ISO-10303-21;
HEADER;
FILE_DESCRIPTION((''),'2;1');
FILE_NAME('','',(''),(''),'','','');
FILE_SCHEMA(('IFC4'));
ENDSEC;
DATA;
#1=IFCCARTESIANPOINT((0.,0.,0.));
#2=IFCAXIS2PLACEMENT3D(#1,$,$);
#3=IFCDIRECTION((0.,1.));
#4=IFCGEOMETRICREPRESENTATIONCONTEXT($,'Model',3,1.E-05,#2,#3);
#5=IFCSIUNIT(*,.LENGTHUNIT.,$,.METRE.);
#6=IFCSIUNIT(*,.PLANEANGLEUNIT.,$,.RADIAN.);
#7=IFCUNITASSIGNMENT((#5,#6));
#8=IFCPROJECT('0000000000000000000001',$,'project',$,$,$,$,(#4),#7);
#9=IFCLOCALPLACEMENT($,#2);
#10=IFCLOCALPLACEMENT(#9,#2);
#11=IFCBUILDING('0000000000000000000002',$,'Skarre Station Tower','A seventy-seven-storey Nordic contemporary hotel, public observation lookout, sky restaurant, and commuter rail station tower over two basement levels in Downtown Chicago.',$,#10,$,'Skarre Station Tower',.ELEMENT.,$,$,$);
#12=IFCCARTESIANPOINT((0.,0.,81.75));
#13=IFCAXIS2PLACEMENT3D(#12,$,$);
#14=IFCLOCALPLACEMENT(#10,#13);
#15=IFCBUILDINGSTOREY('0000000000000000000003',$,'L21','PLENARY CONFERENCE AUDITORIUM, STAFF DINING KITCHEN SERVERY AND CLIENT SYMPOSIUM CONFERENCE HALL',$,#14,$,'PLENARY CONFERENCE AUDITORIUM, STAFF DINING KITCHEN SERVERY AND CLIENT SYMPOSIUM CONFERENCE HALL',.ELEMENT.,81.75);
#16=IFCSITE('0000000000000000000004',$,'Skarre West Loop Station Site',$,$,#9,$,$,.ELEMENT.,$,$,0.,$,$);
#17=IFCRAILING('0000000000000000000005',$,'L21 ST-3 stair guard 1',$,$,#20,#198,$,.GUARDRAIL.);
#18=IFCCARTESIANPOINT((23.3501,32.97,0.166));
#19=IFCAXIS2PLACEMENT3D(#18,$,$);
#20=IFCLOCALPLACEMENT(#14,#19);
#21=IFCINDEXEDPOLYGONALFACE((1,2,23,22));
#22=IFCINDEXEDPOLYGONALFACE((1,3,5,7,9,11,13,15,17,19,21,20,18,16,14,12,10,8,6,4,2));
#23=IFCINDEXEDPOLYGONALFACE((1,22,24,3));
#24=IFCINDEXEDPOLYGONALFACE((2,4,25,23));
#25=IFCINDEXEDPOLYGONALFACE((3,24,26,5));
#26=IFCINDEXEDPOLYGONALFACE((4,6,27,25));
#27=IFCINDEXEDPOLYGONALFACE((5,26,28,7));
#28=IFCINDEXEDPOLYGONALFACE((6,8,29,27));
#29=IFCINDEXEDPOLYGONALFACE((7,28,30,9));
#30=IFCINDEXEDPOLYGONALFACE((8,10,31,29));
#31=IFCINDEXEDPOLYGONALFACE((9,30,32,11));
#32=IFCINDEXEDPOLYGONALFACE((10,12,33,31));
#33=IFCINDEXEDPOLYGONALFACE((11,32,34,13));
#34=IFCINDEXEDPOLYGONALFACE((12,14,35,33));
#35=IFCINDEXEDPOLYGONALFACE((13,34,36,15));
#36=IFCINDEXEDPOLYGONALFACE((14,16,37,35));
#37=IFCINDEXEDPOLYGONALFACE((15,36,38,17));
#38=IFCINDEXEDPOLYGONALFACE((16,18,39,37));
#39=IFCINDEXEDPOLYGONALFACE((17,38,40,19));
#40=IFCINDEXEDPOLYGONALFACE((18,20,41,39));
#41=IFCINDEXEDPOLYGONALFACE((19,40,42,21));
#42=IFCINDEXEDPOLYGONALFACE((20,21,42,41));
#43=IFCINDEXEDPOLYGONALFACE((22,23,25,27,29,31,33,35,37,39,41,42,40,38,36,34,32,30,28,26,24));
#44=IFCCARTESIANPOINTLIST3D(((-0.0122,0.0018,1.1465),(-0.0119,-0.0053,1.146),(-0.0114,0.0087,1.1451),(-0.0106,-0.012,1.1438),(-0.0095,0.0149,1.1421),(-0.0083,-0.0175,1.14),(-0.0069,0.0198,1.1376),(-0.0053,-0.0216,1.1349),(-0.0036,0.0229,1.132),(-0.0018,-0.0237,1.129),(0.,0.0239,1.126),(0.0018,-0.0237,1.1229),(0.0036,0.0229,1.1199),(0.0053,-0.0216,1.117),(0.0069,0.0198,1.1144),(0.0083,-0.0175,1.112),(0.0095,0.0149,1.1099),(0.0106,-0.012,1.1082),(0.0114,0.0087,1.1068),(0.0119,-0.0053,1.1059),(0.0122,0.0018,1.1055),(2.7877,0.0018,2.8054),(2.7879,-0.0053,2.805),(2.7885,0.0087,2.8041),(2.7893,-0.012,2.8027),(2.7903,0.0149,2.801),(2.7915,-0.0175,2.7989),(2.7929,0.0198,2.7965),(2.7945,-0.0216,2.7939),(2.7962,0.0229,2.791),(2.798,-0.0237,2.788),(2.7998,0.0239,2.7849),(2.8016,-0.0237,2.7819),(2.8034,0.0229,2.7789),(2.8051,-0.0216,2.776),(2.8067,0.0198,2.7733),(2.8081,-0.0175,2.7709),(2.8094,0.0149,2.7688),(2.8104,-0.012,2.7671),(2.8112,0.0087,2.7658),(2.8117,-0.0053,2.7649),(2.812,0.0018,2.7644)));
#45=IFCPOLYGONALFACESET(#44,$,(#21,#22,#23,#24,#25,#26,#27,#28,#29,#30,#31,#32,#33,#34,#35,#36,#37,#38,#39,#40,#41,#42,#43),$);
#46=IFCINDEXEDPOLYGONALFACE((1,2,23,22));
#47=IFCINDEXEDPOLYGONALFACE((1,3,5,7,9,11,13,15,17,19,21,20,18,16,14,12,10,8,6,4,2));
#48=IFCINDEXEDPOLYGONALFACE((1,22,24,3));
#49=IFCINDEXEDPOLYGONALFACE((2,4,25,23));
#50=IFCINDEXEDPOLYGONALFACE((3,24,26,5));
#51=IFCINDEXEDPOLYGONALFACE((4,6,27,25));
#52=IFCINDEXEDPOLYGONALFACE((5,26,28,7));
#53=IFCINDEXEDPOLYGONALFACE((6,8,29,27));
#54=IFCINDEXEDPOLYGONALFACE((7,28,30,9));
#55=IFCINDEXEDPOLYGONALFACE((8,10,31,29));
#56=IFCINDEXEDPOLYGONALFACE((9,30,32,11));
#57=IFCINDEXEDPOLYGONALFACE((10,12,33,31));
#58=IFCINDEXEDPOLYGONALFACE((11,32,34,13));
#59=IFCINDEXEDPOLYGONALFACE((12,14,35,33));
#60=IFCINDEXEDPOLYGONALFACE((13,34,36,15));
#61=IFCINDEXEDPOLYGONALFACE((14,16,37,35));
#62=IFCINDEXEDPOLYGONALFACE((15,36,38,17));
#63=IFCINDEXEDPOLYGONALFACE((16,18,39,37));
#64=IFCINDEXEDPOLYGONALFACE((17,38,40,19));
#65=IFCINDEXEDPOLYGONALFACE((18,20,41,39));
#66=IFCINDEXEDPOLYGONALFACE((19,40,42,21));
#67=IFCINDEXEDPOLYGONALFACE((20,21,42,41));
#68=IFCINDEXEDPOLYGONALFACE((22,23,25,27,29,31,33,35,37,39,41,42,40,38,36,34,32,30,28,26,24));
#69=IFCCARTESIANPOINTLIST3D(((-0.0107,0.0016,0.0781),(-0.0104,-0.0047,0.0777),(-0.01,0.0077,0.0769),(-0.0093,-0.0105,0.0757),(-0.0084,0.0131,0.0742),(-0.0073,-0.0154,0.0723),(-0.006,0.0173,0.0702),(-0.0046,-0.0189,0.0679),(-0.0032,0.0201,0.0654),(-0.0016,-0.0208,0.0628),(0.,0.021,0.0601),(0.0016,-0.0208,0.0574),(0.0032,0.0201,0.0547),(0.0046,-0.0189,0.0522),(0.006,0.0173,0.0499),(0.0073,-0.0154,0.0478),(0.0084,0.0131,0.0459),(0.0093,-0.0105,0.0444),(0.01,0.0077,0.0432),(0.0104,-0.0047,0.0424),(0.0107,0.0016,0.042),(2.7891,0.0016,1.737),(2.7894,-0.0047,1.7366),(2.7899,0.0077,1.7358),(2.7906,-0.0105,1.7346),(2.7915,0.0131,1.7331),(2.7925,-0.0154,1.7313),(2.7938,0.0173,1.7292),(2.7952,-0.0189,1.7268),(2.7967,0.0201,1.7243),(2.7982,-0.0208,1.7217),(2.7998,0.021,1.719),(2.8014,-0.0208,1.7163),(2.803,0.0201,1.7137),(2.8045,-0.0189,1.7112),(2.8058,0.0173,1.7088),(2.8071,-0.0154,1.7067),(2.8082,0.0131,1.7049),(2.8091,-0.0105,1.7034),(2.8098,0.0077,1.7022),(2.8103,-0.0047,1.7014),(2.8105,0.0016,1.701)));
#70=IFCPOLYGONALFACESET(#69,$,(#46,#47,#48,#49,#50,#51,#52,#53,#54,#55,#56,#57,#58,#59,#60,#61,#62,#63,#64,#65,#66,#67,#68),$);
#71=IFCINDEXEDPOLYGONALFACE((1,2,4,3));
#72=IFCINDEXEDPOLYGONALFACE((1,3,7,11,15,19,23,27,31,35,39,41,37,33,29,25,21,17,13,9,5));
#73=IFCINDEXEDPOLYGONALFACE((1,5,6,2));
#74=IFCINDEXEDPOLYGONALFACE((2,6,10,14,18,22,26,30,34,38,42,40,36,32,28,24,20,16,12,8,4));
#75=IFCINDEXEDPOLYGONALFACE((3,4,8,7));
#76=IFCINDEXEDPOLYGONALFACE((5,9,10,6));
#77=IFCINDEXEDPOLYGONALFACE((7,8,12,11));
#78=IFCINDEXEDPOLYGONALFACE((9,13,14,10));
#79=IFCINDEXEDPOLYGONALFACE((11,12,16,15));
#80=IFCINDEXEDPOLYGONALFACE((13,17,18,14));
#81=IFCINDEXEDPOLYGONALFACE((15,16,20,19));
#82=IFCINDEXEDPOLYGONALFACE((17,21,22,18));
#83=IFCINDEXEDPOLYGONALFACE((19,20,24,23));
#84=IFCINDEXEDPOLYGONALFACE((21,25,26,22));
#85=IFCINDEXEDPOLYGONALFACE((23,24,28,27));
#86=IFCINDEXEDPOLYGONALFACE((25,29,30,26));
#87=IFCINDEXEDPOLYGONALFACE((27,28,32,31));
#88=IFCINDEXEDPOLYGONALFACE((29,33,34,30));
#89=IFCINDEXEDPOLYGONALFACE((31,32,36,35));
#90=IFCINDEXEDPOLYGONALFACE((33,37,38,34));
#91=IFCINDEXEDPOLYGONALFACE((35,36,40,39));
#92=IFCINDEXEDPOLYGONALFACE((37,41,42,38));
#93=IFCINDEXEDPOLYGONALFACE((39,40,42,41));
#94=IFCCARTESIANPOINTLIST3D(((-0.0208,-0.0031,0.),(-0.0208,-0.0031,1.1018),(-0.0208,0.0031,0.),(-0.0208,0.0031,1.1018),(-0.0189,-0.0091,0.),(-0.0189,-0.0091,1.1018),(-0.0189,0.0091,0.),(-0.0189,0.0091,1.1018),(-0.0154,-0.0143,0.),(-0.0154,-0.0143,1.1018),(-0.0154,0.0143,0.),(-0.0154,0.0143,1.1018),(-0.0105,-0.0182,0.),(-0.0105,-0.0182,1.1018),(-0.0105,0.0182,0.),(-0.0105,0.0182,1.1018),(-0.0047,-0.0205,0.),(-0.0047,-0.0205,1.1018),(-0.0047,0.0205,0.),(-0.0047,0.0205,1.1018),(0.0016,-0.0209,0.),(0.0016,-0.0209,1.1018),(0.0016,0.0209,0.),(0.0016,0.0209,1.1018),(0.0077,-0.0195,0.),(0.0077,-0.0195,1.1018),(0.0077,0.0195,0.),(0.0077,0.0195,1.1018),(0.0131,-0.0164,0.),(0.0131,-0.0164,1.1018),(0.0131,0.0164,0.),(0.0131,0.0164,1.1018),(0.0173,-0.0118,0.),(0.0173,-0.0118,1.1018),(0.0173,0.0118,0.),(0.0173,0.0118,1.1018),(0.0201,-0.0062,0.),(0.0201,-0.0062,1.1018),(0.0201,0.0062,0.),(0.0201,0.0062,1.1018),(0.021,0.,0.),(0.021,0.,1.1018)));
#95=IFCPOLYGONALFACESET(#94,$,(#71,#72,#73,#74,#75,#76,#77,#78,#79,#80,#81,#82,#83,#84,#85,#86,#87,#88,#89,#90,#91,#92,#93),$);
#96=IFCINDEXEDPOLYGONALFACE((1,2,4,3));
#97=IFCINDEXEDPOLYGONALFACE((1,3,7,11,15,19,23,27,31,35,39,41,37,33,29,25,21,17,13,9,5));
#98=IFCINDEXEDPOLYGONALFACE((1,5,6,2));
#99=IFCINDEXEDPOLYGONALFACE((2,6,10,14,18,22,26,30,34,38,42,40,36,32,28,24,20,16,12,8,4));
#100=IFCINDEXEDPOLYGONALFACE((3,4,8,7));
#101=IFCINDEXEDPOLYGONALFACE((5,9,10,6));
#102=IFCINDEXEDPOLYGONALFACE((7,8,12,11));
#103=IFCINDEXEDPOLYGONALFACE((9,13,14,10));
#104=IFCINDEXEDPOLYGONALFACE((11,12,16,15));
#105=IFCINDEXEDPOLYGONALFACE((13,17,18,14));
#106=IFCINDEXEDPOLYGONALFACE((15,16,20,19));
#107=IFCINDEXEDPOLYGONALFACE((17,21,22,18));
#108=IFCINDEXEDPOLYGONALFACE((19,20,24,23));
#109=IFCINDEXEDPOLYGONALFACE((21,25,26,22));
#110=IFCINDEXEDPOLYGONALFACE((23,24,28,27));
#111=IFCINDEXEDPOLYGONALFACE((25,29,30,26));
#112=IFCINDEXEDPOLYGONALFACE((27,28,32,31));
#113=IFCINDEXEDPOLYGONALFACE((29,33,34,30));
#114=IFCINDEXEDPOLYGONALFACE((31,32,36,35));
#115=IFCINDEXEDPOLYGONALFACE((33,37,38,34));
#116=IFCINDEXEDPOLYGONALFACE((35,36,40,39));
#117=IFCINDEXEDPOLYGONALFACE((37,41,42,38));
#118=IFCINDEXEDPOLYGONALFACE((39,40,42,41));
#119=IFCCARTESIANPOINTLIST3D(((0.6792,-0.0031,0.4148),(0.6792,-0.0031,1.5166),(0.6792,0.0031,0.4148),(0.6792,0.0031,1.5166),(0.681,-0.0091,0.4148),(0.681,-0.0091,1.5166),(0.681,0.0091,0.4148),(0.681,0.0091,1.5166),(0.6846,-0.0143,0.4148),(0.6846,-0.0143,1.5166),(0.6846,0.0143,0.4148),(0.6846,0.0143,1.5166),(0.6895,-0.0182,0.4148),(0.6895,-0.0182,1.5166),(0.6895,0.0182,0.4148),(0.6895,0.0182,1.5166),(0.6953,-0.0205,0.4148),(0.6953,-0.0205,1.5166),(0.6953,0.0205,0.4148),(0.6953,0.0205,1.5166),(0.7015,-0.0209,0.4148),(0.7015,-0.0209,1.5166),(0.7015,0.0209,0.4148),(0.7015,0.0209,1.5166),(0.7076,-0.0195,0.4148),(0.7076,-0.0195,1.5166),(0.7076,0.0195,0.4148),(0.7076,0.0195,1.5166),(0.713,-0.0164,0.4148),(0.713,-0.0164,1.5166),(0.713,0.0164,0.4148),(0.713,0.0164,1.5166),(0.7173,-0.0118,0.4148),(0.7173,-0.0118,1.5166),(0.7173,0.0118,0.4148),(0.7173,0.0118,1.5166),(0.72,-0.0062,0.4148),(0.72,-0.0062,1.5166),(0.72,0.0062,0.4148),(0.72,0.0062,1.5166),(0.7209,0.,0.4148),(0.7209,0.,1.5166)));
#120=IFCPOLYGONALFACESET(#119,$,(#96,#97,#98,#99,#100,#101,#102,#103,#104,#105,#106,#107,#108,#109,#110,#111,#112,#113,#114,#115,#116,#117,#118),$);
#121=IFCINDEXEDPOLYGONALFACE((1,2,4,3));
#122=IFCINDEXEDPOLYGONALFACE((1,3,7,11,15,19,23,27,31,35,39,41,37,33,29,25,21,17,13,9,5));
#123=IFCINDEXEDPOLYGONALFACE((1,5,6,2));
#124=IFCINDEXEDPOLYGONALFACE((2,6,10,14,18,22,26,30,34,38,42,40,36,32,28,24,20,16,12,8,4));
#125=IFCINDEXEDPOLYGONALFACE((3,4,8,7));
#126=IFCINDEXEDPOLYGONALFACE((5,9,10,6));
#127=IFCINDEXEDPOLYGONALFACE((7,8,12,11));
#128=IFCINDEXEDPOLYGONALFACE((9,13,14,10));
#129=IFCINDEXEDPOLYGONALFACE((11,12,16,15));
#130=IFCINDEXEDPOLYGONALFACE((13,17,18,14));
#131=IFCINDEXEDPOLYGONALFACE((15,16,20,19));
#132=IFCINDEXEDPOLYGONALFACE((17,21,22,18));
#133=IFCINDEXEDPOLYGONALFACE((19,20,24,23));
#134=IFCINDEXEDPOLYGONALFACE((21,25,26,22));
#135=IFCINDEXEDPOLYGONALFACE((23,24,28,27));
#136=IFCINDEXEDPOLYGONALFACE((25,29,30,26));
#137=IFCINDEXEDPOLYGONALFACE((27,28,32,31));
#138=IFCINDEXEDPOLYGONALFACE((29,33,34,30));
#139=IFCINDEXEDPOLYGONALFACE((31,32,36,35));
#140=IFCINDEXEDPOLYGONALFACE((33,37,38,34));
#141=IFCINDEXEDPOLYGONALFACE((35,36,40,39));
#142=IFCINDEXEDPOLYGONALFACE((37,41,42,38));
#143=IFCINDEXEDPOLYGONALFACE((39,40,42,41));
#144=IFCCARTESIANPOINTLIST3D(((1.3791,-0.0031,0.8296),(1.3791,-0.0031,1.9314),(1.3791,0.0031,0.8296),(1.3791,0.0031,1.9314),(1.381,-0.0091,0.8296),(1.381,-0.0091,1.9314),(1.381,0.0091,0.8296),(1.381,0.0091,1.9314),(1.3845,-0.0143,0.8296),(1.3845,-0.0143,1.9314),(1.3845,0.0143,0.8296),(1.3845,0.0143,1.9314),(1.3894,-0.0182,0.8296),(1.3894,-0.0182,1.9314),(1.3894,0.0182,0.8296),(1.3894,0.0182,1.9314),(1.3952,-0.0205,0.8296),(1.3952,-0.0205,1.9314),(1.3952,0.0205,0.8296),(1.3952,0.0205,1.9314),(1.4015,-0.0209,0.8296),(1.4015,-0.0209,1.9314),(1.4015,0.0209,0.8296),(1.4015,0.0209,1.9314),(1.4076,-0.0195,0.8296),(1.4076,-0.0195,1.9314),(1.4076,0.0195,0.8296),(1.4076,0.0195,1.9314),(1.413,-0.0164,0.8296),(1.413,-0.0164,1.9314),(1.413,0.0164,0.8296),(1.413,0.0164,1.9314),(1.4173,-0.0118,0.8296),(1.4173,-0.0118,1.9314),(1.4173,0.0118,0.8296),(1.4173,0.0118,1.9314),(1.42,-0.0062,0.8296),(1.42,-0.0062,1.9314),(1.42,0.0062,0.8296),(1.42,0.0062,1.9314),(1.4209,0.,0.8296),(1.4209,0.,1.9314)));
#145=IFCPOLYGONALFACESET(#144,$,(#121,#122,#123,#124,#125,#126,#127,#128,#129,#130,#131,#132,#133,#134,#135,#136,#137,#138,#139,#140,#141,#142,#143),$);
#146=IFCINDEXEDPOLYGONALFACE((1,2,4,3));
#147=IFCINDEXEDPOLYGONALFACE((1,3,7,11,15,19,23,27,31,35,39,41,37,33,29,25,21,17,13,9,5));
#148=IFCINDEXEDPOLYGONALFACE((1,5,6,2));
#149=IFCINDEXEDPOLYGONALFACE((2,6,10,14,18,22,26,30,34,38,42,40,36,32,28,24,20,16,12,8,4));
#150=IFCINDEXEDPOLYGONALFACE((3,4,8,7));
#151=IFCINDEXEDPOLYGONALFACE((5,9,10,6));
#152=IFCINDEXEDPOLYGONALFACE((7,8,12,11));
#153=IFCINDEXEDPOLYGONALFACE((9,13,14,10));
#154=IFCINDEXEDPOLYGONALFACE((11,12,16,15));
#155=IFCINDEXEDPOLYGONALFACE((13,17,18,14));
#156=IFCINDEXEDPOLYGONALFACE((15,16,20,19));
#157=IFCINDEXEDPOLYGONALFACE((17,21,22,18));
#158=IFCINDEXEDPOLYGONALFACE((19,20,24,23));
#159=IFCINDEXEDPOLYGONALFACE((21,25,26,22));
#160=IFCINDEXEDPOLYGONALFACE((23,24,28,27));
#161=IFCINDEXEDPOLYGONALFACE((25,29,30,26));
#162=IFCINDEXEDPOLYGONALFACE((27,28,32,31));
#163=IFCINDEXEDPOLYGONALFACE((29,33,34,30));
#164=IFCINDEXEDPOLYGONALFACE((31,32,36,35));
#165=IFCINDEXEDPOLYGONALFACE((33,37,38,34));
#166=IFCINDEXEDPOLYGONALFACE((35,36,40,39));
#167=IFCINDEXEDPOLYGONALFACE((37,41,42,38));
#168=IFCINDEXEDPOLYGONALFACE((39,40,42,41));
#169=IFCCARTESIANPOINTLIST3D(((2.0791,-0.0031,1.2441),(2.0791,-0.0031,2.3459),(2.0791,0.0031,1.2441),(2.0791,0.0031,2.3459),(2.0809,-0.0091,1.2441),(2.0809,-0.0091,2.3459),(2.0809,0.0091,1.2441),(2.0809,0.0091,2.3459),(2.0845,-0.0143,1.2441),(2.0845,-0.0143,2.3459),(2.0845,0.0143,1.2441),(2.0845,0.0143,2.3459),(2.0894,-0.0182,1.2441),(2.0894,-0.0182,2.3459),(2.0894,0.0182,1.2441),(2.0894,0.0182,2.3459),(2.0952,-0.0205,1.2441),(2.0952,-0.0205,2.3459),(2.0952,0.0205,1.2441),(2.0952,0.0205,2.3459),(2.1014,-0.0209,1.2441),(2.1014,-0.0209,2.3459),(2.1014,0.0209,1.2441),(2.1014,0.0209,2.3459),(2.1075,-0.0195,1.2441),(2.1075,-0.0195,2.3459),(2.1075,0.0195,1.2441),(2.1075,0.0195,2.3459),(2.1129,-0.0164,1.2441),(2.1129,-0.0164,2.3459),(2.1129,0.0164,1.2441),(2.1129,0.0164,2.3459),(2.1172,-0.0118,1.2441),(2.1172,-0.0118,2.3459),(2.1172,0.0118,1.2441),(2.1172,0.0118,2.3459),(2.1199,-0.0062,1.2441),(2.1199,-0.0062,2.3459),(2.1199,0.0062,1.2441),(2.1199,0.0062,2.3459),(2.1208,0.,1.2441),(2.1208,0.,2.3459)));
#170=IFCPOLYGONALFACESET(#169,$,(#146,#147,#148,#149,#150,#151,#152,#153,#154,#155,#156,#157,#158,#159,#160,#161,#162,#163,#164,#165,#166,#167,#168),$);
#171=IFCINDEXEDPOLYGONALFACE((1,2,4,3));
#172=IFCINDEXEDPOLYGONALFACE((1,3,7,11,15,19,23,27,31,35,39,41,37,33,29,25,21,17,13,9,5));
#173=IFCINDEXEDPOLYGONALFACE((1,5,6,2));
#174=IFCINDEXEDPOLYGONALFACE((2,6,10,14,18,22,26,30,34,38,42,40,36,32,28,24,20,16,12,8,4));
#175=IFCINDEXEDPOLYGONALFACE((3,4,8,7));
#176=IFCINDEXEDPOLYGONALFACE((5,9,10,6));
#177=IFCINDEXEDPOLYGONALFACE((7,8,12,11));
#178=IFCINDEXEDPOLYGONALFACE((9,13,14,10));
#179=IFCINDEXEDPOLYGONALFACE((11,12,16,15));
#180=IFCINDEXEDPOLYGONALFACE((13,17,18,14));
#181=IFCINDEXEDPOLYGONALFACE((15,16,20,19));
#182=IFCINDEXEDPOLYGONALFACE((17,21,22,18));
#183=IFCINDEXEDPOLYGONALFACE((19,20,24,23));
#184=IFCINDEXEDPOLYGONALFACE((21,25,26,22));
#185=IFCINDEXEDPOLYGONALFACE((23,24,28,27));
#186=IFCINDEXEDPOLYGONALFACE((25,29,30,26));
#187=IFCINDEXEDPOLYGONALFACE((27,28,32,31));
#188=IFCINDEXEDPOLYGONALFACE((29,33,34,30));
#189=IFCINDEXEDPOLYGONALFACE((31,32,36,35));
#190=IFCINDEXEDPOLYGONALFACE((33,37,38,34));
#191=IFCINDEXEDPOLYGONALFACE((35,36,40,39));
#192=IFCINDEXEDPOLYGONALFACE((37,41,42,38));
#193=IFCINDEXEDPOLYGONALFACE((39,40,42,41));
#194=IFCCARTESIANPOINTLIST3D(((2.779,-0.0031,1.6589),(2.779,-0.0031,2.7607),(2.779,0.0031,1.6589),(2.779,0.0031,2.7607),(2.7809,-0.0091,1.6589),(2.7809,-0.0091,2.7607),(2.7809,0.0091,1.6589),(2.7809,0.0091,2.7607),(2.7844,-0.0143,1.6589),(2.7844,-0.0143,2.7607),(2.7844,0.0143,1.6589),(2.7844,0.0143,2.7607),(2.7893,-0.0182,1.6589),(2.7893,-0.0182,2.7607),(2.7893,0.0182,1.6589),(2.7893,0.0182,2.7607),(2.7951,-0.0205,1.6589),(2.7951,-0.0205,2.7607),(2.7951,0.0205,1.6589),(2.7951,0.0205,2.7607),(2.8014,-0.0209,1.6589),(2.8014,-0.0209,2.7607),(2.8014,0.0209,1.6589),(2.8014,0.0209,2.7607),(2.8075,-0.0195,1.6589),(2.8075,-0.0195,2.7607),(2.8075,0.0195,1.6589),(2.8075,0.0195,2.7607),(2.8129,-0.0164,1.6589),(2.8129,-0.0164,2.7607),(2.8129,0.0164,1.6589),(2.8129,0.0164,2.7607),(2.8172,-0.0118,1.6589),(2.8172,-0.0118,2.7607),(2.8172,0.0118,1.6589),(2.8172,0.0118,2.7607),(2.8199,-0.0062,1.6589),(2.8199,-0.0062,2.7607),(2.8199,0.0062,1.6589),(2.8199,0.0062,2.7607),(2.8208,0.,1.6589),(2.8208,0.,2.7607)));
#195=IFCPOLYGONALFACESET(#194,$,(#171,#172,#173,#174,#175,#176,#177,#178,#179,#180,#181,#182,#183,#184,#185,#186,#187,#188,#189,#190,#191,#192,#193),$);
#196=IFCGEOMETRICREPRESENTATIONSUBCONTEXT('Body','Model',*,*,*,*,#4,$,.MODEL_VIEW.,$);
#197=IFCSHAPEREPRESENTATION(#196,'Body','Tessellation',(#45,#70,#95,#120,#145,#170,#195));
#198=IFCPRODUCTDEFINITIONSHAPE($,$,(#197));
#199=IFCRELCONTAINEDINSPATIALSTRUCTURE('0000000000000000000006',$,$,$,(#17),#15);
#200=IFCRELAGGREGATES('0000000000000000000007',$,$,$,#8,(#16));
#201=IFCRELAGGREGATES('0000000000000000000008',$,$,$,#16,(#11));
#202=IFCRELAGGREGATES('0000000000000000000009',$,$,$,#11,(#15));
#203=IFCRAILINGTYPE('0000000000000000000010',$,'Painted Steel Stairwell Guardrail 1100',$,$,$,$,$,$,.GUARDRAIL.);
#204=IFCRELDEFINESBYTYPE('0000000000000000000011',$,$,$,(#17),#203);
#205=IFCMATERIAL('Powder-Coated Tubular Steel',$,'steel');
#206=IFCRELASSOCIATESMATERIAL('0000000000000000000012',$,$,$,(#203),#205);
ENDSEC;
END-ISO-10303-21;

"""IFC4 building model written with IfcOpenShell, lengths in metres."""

from ifc_helpers import new_model, si_unit, direction, frame, origin, origin_2d, place, context, subcontext, project, spatial, circle, extrude, material, type_object, element, save


model = new_model("IFC4")

# Units and contexts
model_context = context("Model", 3, precision=1e-05, world=origin(), true_north=direction((0.0, 1.0)))
body_context = subcontext(model_context, "Body", "Model", "MODEL_VIEW")
ifc_project = project(units=[si_unit("LENGTHUNIT", "METRE"), si_unit("PLANEANGLEUNIT", "RADIAN")], contexts=[model_context])

# Site, building, storey
site_placement = place(None, origin())
site = spatial("IfcSite", under=ifc_project, at=site_placement, Name="Skarre West Loop Station Site", CompositionType="ELEMENT", RefElevation=0.0)
building_placement = place(site_placement, origin())
building = spatial("IfcBuilding", under=site, at=building_placement, Name="Skarre Station Tower", Description="A seventy-seven-storey Nordic contemporary hotel, public observation lookout, sky restaurant, and commuter rail station tower over two basement levels in Downtown Chicago.", LongName="Skarre Station Tower", CompositionType="ELEMENT")
storey_placement = place(building_placement, frame((0.0, 0.0, 81.75)))
storey = spatial("IfcBuildingStorey", under=building, at=storey_placement, Name="L21", Description="PLENARY CONFERENCE AUDITORIUM, STAFF DINING KITCHEN SERVERY AND CLIENT SYMPOSIUM CONFERENCE HALL", LongName="PLENARY CONFERENCE AUDITORIUM, STAFF DINING KITCHEN SERVERY AND CLIENT SYMPOSIUM CONFERENCE HALL", CompositionType="ELEMENT", Elevation=81.75)

# Railing
ifc_material_1 = material(Name="Powder-Coated Tubular Steel", Category="steel")
railing_type_1 = type_object("IfcRailingType", Name="Painted Steel Stairwell Guardrail 1100", PredefinedType="GUARDRAIL", material=ifc_material_1)
railing_1_placement = place(storey_placement, frame((23.3501, 32.97, 0.166)))
element("IfcRailing", 1, at=railing_1_placement, inside=storey, type_object=railing_type_1, Name="L21 ST-3 stair guard 1", PredefinedType="GUARDRAIL", context=body_context, shape_type="SweptSolid", body=[
    extrude(circle(Radius=0.0239, at=origin_2d()), frame((0.0, 0.0, 1.126), z_axis=(0.86032, 0.0, 0.509755), x_axis=(0.0, 1.0, 0.0)), (0.0, 0.0, 1.0), 3.2544),
    extrude(circle(Radius=0.021, at=origin_2d()), frame((0.0, 0.0, 0.0601), z_axis=(0.86032, 0.0, 0.509755), x_axis=(0.0, 1.0, 0.0)), (0.0, 0.0, 1.0), 3.2544),
    extrude(circle(Radius=0.021, at=origin_2d()), origin(), (0.0, 0.0, 1.0), 1.1018),
    extrude(circle(Radius=0.021, at=origin_2d()), frame((0.7, 0.0, 0.4148)), (0.0, 0.0, 1.0), 1.1018),
    extrude(circle(Radius=0.021, at=origin_2d()), frame((1.3999, 0.0, 0.8296)), (0.0, 0.0, 1.0), 1.1018),
    extrude(circle(Radius=0.021, at=origin_2d()), frame((2.0999, 0.0, 1.2441)), (0.0, 0.0, 1.0), 1.1018),
    extrude(circle(Radius=0.021, at=origin_2d()), frame((2.7998, 0.0, 1.6589)), (0.0, 0.0, 1.0), 1.1018),
])

save(model, "model.ifc")
